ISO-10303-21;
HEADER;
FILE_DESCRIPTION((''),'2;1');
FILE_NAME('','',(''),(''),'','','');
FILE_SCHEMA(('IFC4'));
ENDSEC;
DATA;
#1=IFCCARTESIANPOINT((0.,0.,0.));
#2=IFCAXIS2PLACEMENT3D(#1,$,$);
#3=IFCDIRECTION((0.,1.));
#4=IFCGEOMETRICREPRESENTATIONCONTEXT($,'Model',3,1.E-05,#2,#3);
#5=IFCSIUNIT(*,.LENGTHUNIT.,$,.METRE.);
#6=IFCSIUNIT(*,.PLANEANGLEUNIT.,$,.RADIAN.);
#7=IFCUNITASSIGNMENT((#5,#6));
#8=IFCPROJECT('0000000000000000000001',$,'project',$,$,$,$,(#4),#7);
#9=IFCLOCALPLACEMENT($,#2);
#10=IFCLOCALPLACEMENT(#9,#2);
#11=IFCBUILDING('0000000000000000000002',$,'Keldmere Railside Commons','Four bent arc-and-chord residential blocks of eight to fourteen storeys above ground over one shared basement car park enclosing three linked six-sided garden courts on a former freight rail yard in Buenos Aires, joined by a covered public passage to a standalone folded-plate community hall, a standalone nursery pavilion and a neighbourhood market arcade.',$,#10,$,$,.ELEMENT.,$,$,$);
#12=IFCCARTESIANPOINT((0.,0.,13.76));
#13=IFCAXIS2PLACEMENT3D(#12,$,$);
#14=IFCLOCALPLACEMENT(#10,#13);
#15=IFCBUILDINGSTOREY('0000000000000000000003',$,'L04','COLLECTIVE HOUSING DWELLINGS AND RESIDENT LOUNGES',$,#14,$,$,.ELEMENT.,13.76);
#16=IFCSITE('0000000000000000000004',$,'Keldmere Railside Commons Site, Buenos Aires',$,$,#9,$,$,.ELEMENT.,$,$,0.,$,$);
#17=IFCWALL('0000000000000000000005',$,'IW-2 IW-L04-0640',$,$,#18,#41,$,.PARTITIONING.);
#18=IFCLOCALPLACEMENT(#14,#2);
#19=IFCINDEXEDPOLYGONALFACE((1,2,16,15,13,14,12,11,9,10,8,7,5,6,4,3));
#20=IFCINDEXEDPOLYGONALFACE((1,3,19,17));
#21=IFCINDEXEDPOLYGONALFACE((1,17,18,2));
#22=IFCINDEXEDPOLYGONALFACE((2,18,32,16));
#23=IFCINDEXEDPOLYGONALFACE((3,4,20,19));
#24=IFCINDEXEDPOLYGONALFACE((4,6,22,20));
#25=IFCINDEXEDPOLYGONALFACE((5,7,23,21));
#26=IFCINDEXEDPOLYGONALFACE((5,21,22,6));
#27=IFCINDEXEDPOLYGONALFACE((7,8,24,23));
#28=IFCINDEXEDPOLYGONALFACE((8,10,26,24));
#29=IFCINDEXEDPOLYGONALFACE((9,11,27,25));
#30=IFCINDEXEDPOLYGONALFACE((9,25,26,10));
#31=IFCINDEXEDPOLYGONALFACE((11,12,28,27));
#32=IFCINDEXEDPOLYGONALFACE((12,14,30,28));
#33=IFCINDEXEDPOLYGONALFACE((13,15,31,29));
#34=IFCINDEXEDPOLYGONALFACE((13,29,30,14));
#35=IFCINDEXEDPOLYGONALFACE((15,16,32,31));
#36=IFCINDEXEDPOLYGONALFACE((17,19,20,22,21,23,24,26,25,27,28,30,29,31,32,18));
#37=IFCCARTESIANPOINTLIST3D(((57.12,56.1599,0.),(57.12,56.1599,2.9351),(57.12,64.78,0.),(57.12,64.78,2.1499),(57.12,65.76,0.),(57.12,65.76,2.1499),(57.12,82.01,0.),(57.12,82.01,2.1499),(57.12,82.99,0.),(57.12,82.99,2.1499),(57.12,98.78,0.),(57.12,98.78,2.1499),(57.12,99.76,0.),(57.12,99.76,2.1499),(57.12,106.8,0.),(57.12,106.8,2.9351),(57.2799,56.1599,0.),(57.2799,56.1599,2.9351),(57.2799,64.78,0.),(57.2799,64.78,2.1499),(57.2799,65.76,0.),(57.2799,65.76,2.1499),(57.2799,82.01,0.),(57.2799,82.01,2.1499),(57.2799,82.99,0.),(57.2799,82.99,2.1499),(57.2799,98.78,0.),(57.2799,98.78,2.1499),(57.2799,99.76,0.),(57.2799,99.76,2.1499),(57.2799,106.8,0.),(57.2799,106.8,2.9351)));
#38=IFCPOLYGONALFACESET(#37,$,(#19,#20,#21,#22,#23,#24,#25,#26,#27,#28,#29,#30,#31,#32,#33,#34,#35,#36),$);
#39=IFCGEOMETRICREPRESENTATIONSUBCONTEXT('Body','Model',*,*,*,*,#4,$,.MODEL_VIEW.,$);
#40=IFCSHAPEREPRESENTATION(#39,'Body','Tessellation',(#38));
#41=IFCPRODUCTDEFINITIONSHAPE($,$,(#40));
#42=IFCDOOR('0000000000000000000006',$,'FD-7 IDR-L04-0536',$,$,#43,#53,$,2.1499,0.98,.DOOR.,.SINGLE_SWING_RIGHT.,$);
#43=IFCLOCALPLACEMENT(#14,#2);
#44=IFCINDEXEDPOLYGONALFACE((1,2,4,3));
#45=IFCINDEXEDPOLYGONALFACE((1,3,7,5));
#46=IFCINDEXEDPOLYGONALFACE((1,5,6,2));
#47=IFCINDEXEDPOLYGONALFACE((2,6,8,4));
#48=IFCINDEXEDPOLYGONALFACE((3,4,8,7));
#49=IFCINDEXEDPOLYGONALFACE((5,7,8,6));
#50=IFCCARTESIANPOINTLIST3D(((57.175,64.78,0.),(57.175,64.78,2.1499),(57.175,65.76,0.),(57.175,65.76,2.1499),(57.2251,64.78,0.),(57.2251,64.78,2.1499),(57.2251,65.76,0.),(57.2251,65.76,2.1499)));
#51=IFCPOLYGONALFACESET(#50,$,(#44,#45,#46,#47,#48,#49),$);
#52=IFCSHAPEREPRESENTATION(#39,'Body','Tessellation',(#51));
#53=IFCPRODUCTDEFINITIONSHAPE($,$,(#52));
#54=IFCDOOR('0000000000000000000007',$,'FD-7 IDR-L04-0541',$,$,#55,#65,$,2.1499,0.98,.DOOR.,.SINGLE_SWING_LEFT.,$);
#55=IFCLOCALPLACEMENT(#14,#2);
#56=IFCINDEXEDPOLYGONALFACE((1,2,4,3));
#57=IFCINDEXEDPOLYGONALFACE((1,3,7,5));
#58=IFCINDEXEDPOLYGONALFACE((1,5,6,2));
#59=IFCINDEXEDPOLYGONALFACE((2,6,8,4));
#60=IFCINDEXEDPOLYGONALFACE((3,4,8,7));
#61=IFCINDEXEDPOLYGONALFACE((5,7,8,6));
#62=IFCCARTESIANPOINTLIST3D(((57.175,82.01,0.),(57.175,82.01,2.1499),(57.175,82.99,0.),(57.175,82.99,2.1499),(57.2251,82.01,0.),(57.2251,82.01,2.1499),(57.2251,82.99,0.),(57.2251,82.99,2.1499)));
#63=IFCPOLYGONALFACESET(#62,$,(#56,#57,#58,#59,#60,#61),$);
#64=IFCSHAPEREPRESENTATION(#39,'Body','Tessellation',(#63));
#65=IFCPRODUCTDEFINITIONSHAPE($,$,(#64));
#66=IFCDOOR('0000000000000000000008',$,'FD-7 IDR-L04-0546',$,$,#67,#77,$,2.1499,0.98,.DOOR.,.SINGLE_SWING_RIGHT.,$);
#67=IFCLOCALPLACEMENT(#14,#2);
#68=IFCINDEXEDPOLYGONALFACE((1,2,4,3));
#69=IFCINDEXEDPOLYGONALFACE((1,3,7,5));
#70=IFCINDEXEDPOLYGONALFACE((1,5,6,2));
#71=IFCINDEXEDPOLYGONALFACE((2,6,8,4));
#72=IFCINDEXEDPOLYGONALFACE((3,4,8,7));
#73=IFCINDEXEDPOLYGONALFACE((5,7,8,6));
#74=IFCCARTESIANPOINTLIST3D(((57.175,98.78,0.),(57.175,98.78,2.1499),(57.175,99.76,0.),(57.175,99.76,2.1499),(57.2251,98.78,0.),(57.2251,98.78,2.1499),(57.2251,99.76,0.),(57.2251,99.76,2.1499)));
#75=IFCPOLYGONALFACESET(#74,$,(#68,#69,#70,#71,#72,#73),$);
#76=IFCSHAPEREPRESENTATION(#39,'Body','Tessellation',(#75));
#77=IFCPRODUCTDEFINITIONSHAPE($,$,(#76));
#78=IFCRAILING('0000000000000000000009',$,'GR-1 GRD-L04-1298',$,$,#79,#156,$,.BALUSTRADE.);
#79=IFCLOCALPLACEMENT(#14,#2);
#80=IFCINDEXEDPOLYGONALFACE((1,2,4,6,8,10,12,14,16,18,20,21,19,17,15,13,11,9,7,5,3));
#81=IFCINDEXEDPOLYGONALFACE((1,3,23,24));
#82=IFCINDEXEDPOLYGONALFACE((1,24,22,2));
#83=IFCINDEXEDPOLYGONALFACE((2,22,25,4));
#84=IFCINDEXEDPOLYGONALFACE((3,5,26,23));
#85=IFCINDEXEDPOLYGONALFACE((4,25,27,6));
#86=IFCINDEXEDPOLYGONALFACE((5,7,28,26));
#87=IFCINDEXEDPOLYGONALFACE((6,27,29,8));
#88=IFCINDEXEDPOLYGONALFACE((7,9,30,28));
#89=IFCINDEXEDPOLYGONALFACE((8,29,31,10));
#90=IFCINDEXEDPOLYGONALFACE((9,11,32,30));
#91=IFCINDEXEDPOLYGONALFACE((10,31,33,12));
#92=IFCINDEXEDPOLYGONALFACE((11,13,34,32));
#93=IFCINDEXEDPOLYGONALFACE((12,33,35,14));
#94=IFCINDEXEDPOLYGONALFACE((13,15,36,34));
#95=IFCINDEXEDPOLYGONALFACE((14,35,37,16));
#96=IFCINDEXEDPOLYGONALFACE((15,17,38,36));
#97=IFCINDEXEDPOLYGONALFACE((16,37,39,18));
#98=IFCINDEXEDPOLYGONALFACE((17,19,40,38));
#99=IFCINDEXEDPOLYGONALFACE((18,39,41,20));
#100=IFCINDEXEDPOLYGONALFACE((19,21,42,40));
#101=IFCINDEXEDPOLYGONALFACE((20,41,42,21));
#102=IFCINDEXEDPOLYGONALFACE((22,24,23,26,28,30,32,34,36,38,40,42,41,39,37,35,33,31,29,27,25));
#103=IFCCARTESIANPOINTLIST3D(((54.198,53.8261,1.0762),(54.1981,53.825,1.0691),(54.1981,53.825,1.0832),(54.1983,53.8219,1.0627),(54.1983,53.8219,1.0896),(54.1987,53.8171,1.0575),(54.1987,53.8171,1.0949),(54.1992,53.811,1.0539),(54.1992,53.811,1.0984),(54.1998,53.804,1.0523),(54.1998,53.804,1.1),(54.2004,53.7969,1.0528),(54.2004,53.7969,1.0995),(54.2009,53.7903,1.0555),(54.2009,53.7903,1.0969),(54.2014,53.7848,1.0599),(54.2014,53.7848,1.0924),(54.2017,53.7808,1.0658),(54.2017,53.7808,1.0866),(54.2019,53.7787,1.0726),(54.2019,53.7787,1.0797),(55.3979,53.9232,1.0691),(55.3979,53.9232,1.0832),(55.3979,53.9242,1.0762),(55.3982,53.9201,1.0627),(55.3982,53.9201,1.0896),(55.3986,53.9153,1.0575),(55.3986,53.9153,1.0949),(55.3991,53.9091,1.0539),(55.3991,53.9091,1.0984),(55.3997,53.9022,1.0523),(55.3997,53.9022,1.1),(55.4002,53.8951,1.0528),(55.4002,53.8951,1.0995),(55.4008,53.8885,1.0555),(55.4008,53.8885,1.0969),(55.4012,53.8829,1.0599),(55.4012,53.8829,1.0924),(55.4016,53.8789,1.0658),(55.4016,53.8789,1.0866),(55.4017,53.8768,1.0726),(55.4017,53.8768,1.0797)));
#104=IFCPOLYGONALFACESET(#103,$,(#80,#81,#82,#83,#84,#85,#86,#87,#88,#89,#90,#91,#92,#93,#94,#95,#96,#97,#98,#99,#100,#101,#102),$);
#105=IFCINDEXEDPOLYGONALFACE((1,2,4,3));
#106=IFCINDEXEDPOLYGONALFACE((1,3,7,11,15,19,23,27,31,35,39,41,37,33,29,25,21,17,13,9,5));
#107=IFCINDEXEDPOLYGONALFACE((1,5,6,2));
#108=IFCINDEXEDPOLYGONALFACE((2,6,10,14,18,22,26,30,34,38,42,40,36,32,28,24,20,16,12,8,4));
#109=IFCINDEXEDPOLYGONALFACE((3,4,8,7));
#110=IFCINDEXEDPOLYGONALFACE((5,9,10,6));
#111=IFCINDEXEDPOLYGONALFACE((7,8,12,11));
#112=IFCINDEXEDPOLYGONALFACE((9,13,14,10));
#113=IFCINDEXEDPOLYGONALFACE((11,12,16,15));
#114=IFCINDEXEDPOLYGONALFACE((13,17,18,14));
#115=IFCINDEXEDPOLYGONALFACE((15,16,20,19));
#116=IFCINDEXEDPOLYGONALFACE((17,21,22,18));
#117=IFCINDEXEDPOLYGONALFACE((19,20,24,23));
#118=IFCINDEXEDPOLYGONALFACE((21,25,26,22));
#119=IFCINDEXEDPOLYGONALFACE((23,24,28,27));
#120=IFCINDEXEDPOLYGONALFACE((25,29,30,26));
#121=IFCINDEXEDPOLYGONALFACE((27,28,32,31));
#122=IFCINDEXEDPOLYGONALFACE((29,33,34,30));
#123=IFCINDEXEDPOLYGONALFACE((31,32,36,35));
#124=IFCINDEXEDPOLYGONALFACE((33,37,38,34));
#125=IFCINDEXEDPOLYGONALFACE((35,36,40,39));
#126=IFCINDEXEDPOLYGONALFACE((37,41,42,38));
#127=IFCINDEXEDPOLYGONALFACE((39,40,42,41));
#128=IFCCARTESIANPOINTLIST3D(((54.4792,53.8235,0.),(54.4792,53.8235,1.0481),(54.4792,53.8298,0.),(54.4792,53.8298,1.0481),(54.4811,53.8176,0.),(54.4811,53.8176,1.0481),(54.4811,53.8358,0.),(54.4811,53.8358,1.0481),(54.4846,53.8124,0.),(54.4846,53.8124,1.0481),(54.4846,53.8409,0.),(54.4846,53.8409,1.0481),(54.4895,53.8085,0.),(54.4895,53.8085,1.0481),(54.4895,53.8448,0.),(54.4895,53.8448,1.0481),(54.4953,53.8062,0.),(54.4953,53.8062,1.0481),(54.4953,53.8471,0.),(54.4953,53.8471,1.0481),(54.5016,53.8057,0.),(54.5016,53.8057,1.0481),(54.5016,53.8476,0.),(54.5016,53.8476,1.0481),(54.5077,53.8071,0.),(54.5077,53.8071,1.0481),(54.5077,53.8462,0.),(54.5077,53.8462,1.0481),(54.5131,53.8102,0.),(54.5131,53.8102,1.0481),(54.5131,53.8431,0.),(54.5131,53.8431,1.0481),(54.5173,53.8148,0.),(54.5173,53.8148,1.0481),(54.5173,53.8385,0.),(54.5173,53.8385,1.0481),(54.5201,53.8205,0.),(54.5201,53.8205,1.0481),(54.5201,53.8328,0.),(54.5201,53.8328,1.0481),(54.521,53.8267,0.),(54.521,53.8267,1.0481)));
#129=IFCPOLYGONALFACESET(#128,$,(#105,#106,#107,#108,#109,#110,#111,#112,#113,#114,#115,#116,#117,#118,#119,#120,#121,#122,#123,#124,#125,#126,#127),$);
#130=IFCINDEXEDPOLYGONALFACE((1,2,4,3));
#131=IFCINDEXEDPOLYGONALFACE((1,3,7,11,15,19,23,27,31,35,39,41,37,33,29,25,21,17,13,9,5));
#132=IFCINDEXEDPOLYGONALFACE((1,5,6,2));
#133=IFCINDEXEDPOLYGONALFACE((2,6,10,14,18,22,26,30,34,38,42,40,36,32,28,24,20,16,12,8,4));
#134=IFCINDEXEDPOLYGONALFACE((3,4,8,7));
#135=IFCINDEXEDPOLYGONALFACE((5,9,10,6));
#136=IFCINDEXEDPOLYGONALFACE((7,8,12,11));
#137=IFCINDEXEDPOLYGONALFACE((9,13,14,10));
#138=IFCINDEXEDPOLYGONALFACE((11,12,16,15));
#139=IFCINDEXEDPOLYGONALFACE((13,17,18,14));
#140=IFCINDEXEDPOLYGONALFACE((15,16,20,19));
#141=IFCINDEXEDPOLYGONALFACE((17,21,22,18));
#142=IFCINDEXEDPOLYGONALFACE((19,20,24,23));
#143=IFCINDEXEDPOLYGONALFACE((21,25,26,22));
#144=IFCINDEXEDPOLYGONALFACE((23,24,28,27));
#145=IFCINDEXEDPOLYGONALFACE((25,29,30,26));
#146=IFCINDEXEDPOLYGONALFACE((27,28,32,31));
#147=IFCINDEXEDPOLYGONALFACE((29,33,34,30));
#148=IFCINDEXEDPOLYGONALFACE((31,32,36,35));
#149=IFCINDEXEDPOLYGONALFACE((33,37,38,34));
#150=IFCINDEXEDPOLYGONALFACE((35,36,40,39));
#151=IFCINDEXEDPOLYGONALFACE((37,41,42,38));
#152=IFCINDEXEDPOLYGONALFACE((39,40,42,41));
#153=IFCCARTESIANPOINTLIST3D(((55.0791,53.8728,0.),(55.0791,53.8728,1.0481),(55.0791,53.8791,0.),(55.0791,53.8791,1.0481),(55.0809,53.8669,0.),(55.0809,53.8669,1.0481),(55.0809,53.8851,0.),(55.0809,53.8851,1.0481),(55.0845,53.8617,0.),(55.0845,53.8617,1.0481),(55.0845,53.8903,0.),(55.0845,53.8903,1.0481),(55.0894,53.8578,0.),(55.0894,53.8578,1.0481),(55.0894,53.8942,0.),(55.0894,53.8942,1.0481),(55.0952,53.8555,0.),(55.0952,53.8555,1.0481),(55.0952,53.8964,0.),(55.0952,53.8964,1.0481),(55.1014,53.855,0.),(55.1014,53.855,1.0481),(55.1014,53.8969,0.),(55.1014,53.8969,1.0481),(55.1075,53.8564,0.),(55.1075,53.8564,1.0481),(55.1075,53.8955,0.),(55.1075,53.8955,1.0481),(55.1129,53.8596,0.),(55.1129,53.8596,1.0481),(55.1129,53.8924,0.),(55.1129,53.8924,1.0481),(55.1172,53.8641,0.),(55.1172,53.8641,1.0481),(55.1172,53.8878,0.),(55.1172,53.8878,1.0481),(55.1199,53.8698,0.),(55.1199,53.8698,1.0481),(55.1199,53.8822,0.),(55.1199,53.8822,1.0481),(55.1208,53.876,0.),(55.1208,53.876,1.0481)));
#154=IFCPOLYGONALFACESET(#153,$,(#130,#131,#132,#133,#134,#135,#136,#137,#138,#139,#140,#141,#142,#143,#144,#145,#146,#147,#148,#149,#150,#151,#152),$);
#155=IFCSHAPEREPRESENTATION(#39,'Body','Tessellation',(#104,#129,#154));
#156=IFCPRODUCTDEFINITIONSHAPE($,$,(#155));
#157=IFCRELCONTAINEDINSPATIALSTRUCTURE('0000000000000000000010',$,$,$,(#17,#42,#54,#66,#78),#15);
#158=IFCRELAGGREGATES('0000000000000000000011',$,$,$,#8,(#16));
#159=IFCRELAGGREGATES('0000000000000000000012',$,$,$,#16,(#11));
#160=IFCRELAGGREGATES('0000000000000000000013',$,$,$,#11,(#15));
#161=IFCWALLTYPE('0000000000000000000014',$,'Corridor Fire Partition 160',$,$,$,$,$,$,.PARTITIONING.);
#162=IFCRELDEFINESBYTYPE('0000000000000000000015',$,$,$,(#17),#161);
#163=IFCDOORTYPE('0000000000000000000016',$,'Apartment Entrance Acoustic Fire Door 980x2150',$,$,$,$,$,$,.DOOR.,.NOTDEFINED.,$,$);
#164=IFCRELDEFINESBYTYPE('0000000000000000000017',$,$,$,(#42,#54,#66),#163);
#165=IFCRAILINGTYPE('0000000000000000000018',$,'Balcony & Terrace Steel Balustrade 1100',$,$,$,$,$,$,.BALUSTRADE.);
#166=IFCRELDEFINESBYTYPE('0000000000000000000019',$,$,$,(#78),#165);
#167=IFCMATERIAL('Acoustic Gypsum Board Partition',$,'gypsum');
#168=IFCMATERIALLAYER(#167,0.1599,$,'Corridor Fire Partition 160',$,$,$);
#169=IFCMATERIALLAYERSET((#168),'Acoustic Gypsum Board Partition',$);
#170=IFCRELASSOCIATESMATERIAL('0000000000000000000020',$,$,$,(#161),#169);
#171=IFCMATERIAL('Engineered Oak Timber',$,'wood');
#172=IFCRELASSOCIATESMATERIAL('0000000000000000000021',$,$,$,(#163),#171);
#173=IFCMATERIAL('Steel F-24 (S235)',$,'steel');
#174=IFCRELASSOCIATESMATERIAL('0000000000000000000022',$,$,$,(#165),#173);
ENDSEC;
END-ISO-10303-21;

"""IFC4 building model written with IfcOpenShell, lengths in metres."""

from ifc_helpers import new_model, si_unit, direction, frame, frame_2d, origin, origin_2d, place, context, subcontext, project, spatial, rectangle, circle, extrude, material, layer, layer_set, type_object, element, fill, save


model = new_model("IFC4")

# Units and contexts
model_context = context("Model", 3, precision=1e-05, world=origin(), true_north=direction((0.0, 1.0)))
body_context = subcontext(model_context, "Body", "Model", "MODEL_VIEW")
ifc_project = project(units=[si_unit("LENGTHUNIT", "METRE"), si_unit("PLANEANGLEUNIT", "RADIAN")], contexts=[model_context])

# Site, building, storey
site_placement = place(None, origin())
site = spatial("IfcSite", under=ifc_project, at=site_placement, Name="Keldmere Railside Commons Site, Buenos Aires", CompositionType="ELEMENT", RefElevation=0.0)
building_placement = place(site_placement, origin())
building = spatial("IfcBuilding", under=site, at=building_placement, Name="Keldmere Railside Commons", Description="Four bent arc-and-chord residential blocks of eight to fourteen storeys above ground over one shared basement car park enclosing three linked six-sided garden courts on a former freight rail yard in Buenos Aires, joined by a covered public passage to a standalone folded-plate community hall, a standalone nursery pavilion and a neighbourhood market arcade.", CompositionType="ELEMENT")
storey_placement = place(building_placement, frame((0.0, 0.0, 13.76)))
storey = spatial("IfcBuildingStorey", under=building, at=storey_placement, Name="L04", Description="COLLECTIVE HOUSING DWELLINGS AND RESIDENT LOUNGES", CompositionType="ELEMENT", Elevation=13.76)

# Wall, openings, doors
ifc_material_1 = material(Name="Acoustic Gypsum Board Partition", Category="gypsum")
ifc_layer = layer(ifc_material_1, 0.1599, Name="Corridor Fire Partition 160")
ifc_layer_set = layer_set([ifc_layer], Name="Acoustic Gypsum Board Partition")
wall_type = type_object("IfcWallType", Name="Corridor Fire Partition 160", PredefinedType="PARTITIONING", material=ifc_layer_set)
ifc_material_2 = material(Name="Engineered Oak Timber", Category="wood")
door_type_1 = type_object("IfcDoorType", Name="Apartment Entrance Acoustic Fire Door 980x2150", OperationType="NOTDEFINED", PredefinedType="DOOR", material=ifc_material_2)
ifc_material_3 = material(Name="Steel F-24 (S235)", Category="steel")
wall_1_placement = place(storey_placement, frame((57.2, 56.1599, 0.0), z_axis=(0.0, 0.0, 1.0), x_axis=(0.0, 1.0, 0.0)))
wall_1 = element("IfcWall", 1, at=wall_1_placement, inside=storey, type_object=wall_type, Name="IW-2 IW-L04-0640", PredefinedType="PARTITIONING", context=body_context, shape_type="SweptSolid", body=[
    extrude(rectangle(XDim=50.6401, YDim=0.1599, at=frame_2d((25.3201, 0.0))), origin(), (0.0, 0.0, 1.0), 2.9351),
])
opening_1_placement = place(wall_1_placement, frame((8.6201, 0.0, 0.0)))
opening_1 = element("IfcOpeningElement", 2, at=opening_1_placement, cuts=wall_1, PredefinedType="OPENING", context=body_context, shape_type="SweptSolid", body=[
    extrude(rectangle(XDim=0.98, YDim=2.1499, at=frame_2d((0.49, 1.075))), frame((0.0, 0.0898, 0.0), z_axis=(0.0, -1.0, 0.0), x_axis=(1.0, 0.0, 0.0)), (0.0, 0.0, 1.0), 0.1799),
])
opening_2_placement = place(wall_1_placement, frame((25.8501, 0.0, 0.0)))
opening_2 = element("IfcOpeningElement", 3, at=opening_2_placement, cuts=wall_1, PredefinedType="OPENING", context=body_context, shape_type="SweptSolid", body=[
    extrude(rectangle(XDim=0.98, YDim=2.1499, at=frame_2d((0.49, 1.075))), frame((0.0, 0.0898, 0.0), z_axis=(0.0, -1.0, 0.0), x_axis=(1.0, 0.0, 0.0)), (0.0, 0.0, 1.0), 0.1799),
])
opening_3_placement = place(wall_1_placement, frame((42.6201, 0.0, 0.0)))
opening_3 = element("IfcOpeningElement", 4, at=opening_3_placement, cuts=wall_1, PredefinedType="OPENING", context=body_context, shape_type="SweptSolid", body=[
    extrude(rectangle(XDim=0.98, YDim=2.1499, at=frame_2d((0.49, 1.075))), frame((0.0, 0.0898, 0.0), z_axis=(0.0, -1.0, 0.0), x_axis=(1.0, 0.0, 0.0)), (0.0, 0.0, 1.0), 0.1799),
])
door_1_placement = place(opening_1_placement, origin())
door_1 = element("IfcDoor", 5, at=door_1_placement, inside=storey, type_object=door_type_1, Name="FD-7 IDR-L04-0536", OperationType="SINGLE_SWING_RIGHT", OverallHeight=2.1499, OverallWidth=0.98, PredefinedType="DOOR", context=body_context, shape_type="SweptSolid", body=[
    extrude(rectangle(XDim=0.98, YDim=2.1499, at=frame_2d((0.49, 1.075))), frame((0.0, 0.0249, 0.0), z_axis=(0.0, -1.0, 0.0), x_axis=(1.0, 0.0, 0.0)), (0.0, 0.0, 1.0), 0.05),
])
fill(opening_1, door_1)
door_2_placement = place(opening_2_placement, origin())
door_2 = element("IfcDoor", 6, at=door_2_placement, inside=storey, type_object=door_type_1, Name="FD-7 IDR-L04-0541", OperationType="SINGLE_SWING_LEFT", OverallHeight=2.1499, OverallWidth=0.98, PredefinedType="DOOR", context=body_context, shape_type="SweptSolid", body=[
    extrude(rectangle(XDim=0.98, YDim=2.1499, at=frame_2d((0.49, 1.075))), frame((0.0, 0.0249, 0.0), z_axis=(0.0, -1.0, 0.0), x_axis=(1.0, 0.0, 0.0)), (0.0, 0.0, 1.0), 0.05),
])
fill(opening_2, door_2)
door_3_placement = place(opening_3_placement, origin())
door_3 = element("IfcDoor", 7, at=door_3_placement, inside=storey, type_object=door_type_1, Name="FD-7 IDR-L04-0546", OperationType="SINGLE_SWING_RIGHT", OverallHeight=2.1499, OverallWidth=0.98, PredefinedType="DOOR", context=body_context, shape_type="SweptSolid", body=[
    extrude(rectangle(XDim=0.98, YDim=2.1499, at=frame_2d((0.49, 1.075))), frame((0.0, 0.0249, 0.0), z_axis=(0.0, -1.0, 0.0), x_axis=(1.0, 0.0, 0.0)), (0.0, 0.0, 1.0), 0.05),
])
fill(opening_3, door_3)

# Railing
railing_type = type_object("IfcRailingType", Name="Balcony & Terrace Steel Balustrade 1100", PredefinedType="BALUSTRADE", material=ifc_material_3)
railing_1_placement = place(storey_placement, frame((54.2, 53.8022, 0.0)))
element("IfcRailing", 8, at=railing_1_placement, inside=storey, type_object=railing_type, Name="GR-1 GRD-L04-1298", PredefinedType="BALUSTRADE", context=body_context, shape_type="SweptSolid", body=[
    extrude(circle(Radius=0.0239, at=origin_2d()), frame((0.0, 0.0, 1.0762), z_axis=(0.996672, 0.081518, 0.0), x_axis=(-0.081518, 0.996672, 0.0)), (0.0, 0.0, 1.0), 1.2039),
    extrude(circle(Radius=0.021, at=origin_2d()), frame((0.3, 0.0244, 0.0)), (0.0, 0.0, 1.0), 1.0481),
    extrude(circle(Radius=0.021, at=origin_2d()), frame((0.8999, 0.0737, 0.0)), (0.0, 0.0, 1.0), 1.0481),
])

save(model, "model.ifc")
